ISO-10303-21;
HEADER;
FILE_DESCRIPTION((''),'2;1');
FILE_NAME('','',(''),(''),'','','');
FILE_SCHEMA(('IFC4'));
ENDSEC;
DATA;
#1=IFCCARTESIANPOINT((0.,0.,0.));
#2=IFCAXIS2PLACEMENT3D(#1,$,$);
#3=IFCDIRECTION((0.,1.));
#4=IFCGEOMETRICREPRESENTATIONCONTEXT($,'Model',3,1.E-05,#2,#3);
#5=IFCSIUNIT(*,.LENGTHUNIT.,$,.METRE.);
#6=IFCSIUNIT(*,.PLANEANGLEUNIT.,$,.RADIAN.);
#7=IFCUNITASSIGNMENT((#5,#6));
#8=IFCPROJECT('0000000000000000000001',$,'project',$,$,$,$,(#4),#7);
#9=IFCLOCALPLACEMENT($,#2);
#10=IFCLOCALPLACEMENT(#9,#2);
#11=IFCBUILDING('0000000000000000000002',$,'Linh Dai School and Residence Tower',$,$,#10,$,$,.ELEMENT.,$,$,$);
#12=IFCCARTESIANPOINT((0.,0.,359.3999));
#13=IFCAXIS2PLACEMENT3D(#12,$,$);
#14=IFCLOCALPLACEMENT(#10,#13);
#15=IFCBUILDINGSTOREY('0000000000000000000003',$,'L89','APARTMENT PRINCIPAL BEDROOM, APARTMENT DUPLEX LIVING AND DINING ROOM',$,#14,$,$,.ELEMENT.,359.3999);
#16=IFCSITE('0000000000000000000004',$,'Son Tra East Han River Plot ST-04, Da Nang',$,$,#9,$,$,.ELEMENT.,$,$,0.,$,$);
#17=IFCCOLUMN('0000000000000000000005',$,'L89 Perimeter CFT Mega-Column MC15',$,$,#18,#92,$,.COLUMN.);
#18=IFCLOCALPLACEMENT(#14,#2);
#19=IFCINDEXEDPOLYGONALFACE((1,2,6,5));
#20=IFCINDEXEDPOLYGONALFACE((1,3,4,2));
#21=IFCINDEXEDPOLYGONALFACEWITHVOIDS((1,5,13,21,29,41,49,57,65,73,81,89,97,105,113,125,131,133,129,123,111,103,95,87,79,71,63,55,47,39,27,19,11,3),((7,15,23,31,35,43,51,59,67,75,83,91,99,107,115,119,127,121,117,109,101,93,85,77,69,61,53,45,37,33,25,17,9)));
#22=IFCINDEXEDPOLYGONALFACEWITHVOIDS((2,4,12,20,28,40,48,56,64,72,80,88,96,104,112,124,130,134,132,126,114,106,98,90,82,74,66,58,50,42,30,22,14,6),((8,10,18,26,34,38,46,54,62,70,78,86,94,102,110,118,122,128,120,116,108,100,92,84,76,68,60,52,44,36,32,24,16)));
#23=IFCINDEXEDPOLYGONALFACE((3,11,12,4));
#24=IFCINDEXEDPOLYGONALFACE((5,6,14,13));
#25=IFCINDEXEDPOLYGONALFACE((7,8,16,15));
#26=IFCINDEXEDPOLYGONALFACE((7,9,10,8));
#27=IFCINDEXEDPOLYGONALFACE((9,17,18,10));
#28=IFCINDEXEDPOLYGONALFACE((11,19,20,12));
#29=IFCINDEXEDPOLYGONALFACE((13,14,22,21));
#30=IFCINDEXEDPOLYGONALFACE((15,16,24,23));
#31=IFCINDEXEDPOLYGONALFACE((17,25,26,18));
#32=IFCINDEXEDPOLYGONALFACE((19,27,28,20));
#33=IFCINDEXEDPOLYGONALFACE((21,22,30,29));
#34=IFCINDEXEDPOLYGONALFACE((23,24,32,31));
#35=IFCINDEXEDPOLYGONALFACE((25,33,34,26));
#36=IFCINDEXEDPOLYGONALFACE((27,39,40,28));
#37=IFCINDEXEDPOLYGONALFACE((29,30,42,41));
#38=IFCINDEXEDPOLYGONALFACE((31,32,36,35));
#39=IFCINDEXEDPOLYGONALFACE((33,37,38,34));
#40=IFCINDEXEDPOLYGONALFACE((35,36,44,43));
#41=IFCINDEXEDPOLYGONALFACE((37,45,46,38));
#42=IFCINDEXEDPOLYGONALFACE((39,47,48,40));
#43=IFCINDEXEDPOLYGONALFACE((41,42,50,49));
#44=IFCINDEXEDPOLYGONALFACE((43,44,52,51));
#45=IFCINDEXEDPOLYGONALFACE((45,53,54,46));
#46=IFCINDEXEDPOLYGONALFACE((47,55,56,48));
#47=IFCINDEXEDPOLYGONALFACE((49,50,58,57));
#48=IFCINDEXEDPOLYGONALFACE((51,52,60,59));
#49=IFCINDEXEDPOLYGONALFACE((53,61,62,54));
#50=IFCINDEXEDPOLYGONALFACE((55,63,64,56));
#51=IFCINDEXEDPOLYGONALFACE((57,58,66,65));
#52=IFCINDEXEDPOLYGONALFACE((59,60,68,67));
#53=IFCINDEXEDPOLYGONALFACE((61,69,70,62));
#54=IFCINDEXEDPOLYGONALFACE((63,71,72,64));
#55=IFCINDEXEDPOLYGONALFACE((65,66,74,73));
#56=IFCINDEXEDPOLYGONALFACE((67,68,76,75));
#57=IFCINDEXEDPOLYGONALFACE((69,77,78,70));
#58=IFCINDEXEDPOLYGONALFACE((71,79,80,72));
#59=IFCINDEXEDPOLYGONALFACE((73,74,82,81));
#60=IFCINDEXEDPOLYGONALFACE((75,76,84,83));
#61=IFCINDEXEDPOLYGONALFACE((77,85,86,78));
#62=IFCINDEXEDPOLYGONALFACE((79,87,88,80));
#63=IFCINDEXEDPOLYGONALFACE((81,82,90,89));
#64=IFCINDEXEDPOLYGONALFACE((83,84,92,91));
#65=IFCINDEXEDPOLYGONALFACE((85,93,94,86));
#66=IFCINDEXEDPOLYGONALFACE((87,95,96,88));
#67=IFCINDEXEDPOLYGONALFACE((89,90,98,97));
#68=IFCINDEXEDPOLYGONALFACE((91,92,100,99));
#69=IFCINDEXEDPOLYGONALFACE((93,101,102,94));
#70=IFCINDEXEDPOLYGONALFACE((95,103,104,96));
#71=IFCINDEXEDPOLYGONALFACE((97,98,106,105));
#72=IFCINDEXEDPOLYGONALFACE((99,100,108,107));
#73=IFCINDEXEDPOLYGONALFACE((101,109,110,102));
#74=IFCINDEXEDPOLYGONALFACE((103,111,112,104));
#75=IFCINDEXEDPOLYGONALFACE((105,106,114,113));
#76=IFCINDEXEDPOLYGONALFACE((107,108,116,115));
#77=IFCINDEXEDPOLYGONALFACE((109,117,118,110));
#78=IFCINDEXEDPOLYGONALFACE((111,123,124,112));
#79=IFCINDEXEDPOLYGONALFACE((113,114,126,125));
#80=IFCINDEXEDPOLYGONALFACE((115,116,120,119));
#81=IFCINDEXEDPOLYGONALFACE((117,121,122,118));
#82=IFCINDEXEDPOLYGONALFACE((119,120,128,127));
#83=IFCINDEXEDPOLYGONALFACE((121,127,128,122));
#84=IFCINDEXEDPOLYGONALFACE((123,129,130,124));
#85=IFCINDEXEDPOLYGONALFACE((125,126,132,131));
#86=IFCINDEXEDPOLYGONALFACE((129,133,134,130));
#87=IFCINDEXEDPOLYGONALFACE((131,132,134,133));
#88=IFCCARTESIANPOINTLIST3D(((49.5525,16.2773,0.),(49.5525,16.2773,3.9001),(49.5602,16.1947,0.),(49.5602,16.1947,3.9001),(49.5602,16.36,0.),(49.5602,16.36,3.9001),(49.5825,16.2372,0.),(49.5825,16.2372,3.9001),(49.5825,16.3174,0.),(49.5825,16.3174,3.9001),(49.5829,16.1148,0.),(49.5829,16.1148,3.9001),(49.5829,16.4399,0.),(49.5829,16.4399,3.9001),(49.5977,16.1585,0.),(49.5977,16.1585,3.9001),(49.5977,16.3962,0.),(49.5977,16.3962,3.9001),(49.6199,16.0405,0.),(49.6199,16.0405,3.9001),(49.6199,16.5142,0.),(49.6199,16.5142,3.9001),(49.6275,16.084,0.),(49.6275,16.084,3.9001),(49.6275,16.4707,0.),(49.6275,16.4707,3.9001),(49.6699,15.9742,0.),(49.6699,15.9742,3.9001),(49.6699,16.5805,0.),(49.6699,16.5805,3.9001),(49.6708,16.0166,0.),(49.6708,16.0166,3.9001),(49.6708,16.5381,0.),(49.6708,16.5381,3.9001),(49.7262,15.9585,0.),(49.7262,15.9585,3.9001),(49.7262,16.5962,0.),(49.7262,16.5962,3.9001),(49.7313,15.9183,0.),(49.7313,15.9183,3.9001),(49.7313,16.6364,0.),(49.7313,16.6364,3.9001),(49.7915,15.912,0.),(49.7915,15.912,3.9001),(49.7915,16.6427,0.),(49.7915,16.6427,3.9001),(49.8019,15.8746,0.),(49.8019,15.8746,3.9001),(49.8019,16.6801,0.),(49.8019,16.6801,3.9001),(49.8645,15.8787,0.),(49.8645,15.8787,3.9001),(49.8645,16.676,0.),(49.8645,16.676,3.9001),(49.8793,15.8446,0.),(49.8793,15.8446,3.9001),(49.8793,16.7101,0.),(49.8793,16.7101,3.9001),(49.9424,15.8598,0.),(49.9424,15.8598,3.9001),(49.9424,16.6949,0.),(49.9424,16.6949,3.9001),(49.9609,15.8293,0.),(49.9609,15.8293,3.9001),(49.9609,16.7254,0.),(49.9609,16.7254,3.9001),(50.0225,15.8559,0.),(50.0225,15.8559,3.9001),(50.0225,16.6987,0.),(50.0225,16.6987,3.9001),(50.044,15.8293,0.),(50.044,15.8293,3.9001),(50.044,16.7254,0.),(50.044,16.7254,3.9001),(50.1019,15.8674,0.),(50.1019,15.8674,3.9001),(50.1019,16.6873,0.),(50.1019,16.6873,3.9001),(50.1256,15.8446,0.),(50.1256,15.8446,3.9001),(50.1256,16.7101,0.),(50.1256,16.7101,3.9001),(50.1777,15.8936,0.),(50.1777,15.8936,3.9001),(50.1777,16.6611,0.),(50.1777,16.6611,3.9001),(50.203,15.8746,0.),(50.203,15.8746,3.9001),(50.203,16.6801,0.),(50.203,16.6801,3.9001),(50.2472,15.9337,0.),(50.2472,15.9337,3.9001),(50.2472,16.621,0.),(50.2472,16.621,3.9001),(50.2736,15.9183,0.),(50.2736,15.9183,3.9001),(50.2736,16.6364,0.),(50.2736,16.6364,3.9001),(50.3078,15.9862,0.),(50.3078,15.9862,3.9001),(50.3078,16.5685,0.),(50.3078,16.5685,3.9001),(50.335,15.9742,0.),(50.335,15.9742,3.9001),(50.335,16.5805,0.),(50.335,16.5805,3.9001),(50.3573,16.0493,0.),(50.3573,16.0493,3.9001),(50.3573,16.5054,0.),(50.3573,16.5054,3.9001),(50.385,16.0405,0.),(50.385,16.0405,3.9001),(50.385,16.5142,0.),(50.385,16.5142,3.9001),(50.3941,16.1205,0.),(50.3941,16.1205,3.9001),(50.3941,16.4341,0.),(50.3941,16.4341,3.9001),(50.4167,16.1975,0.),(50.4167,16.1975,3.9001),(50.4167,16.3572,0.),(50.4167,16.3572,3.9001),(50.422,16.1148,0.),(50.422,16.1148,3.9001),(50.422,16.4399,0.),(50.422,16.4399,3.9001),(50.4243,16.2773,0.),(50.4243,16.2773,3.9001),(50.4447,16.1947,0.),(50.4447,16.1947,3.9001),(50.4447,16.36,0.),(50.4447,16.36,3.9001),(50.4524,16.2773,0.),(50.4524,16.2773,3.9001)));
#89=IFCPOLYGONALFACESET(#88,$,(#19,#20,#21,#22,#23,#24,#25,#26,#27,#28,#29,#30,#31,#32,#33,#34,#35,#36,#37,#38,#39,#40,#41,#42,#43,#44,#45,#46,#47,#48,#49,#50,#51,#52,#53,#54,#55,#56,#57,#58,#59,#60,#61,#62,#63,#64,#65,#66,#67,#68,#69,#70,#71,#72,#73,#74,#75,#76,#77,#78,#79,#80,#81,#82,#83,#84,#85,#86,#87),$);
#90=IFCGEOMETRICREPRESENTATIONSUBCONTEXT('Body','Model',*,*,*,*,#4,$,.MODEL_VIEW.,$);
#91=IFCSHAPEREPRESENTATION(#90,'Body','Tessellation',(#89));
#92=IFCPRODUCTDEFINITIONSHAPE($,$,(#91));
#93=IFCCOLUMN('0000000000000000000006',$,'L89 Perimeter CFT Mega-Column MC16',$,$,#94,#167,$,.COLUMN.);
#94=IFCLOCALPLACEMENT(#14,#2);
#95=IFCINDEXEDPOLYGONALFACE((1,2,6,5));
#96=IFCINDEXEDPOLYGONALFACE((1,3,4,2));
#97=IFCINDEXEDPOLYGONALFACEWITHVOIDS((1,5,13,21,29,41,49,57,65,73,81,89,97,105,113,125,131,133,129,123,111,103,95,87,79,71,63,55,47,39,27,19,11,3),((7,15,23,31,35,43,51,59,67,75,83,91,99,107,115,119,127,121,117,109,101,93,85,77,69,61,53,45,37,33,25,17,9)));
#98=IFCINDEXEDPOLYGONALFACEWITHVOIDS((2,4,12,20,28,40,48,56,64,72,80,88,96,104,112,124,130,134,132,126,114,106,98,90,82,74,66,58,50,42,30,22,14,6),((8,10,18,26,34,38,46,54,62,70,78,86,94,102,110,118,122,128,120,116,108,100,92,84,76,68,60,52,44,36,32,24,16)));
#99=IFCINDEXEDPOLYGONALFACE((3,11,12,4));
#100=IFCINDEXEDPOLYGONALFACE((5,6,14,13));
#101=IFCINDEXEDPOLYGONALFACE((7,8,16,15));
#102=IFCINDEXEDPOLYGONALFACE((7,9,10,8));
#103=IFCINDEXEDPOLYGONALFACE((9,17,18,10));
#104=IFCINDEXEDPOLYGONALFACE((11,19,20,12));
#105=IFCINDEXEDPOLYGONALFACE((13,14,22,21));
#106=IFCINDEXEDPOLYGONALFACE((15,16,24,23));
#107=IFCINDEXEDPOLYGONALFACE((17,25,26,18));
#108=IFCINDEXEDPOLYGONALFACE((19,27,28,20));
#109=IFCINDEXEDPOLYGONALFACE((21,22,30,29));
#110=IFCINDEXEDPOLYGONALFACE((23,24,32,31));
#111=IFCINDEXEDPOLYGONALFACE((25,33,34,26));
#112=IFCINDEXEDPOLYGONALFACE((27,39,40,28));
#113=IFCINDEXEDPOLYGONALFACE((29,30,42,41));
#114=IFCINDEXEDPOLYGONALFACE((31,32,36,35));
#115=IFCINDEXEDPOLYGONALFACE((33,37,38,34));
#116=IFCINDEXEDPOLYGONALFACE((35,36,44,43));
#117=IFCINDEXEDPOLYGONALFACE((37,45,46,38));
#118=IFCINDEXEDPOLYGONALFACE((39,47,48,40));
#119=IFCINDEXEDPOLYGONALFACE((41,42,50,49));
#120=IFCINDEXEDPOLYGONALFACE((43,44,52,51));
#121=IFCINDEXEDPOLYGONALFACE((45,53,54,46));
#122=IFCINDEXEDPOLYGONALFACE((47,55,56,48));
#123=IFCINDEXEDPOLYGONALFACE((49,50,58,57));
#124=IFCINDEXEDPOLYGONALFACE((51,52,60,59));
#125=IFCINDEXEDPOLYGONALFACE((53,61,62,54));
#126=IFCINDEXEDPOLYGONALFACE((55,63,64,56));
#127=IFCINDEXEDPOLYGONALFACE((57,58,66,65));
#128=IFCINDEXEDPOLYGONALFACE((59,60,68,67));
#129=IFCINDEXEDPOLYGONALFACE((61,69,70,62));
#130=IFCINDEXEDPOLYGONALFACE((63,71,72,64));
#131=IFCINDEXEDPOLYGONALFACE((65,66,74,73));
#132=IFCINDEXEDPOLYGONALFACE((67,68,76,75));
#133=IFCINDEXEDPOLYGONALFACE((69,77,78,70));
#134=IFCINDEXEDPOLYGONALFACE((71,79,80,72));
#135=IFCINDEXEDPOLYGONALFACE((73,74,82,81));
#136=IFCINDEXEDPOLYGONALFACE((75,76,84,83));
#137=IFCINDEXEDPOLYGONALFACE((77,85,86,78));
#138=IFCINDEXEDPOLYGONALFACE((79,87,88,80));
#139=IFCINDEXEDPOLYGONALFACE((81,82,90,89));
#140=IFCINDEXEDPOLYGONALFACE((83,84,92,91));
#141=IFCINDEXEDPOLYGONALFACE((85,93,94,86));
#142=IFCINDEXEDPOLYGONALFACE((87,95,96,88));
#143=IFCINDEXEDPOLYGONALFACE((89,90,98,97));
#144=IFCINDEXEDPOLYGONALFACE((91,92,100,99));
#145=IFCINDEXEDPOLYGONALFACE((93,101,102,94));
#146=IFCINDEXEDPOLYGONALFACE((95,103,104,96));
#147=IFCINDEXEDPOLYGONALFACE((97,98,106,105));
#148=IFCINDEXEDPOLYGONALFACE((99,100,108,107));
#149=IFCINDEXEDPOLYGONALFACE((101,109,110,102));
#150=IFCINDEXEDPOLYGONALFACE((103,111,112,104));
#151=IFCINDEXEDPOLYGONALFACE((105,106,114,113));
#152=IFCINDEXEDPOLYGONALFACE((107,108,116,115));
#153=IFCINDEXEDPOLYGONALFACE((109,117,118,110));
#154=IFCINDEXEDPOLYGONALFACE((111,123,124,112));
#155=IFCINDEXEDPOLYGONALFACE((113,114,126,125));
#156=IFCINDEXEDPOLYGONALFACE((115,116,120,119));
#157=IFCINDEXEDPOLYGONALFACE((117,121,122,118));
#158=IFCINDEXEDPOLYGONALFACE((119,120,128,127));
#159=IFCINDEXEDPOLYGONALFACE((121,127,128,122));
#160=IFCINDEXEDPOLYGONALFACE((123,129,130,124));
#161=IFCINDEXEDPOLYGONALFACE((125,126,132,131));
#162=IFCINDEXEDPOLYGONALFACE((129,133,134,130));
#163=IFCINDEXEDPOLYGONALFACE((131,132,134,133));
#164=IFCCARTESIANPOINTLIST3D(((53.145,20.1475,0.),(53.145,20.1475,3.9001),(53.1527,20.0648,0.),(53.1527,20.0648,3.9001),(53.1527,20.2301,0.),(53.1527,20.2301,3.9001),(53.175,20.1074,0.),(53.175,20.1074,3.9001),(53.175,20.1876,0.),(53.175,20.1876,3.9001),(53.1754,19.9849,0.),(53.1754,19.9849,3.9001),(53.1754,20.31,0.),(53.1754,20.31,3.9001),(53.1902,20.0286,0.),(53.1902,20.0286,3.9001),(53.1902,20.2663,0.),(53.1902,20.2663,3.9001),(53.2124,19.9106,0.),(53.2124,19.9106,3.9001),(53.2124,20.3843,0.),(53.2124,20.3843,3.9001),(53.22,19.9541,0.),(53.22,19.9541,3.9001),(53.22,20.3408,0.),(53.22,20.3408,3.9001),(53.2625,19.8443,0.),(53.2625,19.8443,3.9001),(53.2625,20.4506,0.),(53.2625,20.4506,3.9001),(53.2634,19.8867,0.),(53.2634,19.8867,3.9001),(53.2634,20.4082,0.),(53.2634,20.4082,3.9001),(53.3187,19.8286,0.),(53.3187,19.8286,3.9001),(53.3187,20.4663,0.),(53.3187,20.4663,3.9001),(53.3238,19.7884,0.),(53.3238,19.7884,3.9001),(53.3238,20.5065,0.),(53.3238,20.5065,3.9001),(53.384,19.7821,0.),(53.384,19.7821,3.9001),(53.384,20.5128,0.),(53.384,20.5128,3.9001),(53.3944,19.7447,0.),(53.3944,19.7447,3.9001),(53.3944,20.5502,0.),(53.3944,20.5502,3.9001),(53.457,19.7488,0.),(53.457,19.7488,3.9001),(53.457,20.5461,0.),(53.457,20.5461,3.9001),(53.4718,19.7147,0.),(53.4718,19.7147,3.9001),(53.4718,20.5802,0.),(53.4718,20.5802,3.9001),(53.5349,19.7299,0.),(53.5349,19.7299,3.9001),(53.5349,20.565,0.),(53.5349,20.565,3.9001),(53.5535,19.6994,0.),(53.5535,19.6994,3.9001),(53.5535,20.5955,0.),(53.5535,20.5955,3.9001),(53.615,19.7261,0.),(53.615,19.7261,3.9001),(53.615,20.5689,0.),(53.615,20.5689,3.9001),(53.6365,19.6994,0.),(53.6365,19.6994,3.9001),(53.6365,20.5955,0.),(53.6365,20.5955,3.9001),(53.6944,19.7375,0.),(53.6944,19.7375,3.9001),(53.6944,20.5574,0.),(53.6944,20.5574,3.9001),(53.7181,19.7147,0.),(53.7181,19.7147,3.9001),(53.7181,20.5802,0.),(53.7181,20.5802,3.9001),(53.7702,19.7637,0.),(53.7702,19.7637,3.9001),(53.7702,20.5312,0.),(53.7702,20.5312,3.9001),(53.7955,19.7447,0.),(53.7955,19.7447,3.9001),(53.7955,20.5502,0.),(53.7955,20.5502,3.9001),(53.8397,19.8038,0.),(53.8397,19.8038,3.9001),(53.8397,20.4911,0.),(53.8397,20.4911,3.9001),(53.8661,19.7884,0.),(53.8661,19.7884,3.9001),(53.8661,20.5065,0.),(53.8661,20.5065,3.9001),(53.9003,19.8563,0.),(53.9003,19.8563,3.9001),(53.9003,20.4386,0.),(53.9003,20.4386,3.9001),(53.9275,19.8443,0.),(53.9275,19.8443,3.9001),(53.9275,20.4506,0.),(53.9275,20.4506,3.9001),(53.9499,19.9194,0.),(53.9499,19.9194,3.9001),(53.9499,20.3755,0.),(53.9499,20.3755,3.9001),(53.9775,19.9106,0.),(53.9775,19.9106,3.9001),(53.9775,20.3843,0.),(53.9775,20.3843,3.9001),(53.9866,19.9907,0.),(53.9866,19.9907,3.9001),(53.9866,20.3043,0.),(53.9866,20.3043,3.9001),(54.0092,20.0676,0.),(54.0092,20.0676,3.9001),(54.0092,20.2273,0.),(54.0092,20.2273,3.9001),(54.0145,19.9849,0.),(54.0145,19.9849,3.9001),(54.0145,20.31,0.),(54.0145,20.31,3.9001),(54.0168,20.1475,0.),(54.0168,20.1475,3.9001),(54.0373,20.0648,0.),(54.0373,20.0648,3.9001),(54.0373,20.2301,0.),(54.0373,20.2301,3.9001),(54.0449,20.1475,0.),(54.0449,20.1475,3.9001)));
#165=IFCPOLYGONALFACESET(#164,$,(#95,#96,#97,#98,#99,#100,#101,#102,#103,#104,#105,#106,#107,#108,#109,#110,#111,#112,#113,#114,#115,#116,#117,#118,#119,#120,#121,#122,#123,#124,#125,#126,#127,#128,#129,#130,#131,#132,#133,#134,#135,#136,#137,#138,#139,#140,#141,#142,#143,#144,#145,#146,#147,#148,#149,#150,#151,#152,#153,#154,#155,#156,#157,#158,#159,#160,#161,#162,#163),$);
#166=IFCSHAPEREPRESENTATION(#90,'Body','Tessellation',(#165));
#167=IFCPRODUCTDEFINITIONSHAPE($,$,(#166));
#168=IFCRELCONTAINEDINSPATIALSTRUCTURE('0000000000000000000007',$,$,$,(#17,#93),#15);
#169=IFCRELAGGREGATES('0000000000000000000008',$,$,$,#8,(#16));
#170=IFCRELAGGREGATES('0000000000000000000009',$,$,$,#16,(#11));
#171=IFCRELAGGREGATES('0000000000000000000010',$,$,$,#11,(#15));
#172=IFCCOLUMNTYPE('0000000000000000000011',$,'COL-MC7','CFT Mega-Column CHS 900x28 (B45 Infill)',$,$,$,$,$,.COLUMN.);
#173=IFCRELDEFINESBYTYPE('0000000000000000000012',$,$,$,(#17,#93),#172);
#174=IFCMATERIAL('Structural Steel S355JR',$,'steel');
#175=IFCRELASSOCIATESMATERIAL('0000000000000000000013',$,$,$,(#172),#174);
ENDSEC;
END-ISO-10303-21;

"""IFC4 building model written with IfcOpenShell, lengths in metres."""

from ifc_helpers import new_model, si_unit, direction, frame, origin, origin_2d, place, context, subcontext, project, spatial, hollow_circle, extrude, material, material_profile, profile_set, type_object, element, save


model = new_model("IFC4")

# Units and contexts
model_context = context("Model", 3, precision=1e-05, world=origin(), true_north=direction((0.0, 1.0)))
body_context = subcontext(model_context, "Body", "Model", "MODEL_VIEW")
ifc_project = project(units=[si_unit("LENGTHUNIT", "METRE"), si_unit("PLANEANGLEUNIT", "RADIAN")], contexts=[model_context])

# Site, building, storey
site_placement = place(None, origin())
site = spatial("IfcSite", under=ifc_project, at=site_placement, Name="Son Tra East Han River Plot ST-04, Da Nang", CompositionType="ELEMENT", RefElevation=0.0)
building_placement = place(site_placement, origin())
building = spatial("IfcBuilding", under=site, at=building_placement, Name="Linh Dai School and Residence Tower", CompositionType="ELEMENT")
storey_placement = place(building_placement, frame((0.0, 0.0, 359.3999)))
storey = spatial("IfcBuildingStorey", under=building, at=storey_placement, Name="L89", Description="APARTMENT PRINCIPAL BEDROOM, APARTMENT DUPLEX LIVING AND DINING ROOM", CompositionType="ELEMENT", Elevation=359.3999)

# Columns
ifc_material_1 = material(Name="Structural Steel S355JR", Category="steel")
ifc_material_profile_1 = material_profile(ifc_material_1, hollow_circle(Radius=0.45, WallThickness=0.0281, at=origin_2d()), Name="CHS 900x28")
ifc_profile_set_1 = profile_set([ifc_material_profile_1], Name="Structural Steel S355JR")
column_type = type_object("IfcColumnType", Name="COL-MC7", Description="CFT Mega-Column CHS 900x28 (B45 Infill)", PredefinedType="COLUMN", material=ifc_profile_set_1)
for number, where, z_axis, x_axis, name in (
    (1, (50.0024, 16.2773, 0.0), (0.0, 0.0, 1.0), (1.0, 0.0, 0.0), "L89 Perimeter CFT Mega-Column MC15"),
    (2, (53.595, 20.1475, 0.0), (0.0, 0.0, 1.0), (1.0, 0.0, 0.0), "L89 Perimeter CFT Mega-Column MC16"),
):
    element("IfcColumn", number, at=place(storey_placement, frame(where, z_axis=z_axis, x_axis=x_axis)), inside=storey, type_object=column_type, Name=name, PredefinedType="COLUMN", context=body_context, shape_type="SweptSolid", body=[
        extrude(hollow_circle(Radius=0.45, WallThickness=0.0281, at=origin_2d()), origin(), (0.0, 0.0, 1.0), 3.9001),
    ])

save(model, "model.ifc")
